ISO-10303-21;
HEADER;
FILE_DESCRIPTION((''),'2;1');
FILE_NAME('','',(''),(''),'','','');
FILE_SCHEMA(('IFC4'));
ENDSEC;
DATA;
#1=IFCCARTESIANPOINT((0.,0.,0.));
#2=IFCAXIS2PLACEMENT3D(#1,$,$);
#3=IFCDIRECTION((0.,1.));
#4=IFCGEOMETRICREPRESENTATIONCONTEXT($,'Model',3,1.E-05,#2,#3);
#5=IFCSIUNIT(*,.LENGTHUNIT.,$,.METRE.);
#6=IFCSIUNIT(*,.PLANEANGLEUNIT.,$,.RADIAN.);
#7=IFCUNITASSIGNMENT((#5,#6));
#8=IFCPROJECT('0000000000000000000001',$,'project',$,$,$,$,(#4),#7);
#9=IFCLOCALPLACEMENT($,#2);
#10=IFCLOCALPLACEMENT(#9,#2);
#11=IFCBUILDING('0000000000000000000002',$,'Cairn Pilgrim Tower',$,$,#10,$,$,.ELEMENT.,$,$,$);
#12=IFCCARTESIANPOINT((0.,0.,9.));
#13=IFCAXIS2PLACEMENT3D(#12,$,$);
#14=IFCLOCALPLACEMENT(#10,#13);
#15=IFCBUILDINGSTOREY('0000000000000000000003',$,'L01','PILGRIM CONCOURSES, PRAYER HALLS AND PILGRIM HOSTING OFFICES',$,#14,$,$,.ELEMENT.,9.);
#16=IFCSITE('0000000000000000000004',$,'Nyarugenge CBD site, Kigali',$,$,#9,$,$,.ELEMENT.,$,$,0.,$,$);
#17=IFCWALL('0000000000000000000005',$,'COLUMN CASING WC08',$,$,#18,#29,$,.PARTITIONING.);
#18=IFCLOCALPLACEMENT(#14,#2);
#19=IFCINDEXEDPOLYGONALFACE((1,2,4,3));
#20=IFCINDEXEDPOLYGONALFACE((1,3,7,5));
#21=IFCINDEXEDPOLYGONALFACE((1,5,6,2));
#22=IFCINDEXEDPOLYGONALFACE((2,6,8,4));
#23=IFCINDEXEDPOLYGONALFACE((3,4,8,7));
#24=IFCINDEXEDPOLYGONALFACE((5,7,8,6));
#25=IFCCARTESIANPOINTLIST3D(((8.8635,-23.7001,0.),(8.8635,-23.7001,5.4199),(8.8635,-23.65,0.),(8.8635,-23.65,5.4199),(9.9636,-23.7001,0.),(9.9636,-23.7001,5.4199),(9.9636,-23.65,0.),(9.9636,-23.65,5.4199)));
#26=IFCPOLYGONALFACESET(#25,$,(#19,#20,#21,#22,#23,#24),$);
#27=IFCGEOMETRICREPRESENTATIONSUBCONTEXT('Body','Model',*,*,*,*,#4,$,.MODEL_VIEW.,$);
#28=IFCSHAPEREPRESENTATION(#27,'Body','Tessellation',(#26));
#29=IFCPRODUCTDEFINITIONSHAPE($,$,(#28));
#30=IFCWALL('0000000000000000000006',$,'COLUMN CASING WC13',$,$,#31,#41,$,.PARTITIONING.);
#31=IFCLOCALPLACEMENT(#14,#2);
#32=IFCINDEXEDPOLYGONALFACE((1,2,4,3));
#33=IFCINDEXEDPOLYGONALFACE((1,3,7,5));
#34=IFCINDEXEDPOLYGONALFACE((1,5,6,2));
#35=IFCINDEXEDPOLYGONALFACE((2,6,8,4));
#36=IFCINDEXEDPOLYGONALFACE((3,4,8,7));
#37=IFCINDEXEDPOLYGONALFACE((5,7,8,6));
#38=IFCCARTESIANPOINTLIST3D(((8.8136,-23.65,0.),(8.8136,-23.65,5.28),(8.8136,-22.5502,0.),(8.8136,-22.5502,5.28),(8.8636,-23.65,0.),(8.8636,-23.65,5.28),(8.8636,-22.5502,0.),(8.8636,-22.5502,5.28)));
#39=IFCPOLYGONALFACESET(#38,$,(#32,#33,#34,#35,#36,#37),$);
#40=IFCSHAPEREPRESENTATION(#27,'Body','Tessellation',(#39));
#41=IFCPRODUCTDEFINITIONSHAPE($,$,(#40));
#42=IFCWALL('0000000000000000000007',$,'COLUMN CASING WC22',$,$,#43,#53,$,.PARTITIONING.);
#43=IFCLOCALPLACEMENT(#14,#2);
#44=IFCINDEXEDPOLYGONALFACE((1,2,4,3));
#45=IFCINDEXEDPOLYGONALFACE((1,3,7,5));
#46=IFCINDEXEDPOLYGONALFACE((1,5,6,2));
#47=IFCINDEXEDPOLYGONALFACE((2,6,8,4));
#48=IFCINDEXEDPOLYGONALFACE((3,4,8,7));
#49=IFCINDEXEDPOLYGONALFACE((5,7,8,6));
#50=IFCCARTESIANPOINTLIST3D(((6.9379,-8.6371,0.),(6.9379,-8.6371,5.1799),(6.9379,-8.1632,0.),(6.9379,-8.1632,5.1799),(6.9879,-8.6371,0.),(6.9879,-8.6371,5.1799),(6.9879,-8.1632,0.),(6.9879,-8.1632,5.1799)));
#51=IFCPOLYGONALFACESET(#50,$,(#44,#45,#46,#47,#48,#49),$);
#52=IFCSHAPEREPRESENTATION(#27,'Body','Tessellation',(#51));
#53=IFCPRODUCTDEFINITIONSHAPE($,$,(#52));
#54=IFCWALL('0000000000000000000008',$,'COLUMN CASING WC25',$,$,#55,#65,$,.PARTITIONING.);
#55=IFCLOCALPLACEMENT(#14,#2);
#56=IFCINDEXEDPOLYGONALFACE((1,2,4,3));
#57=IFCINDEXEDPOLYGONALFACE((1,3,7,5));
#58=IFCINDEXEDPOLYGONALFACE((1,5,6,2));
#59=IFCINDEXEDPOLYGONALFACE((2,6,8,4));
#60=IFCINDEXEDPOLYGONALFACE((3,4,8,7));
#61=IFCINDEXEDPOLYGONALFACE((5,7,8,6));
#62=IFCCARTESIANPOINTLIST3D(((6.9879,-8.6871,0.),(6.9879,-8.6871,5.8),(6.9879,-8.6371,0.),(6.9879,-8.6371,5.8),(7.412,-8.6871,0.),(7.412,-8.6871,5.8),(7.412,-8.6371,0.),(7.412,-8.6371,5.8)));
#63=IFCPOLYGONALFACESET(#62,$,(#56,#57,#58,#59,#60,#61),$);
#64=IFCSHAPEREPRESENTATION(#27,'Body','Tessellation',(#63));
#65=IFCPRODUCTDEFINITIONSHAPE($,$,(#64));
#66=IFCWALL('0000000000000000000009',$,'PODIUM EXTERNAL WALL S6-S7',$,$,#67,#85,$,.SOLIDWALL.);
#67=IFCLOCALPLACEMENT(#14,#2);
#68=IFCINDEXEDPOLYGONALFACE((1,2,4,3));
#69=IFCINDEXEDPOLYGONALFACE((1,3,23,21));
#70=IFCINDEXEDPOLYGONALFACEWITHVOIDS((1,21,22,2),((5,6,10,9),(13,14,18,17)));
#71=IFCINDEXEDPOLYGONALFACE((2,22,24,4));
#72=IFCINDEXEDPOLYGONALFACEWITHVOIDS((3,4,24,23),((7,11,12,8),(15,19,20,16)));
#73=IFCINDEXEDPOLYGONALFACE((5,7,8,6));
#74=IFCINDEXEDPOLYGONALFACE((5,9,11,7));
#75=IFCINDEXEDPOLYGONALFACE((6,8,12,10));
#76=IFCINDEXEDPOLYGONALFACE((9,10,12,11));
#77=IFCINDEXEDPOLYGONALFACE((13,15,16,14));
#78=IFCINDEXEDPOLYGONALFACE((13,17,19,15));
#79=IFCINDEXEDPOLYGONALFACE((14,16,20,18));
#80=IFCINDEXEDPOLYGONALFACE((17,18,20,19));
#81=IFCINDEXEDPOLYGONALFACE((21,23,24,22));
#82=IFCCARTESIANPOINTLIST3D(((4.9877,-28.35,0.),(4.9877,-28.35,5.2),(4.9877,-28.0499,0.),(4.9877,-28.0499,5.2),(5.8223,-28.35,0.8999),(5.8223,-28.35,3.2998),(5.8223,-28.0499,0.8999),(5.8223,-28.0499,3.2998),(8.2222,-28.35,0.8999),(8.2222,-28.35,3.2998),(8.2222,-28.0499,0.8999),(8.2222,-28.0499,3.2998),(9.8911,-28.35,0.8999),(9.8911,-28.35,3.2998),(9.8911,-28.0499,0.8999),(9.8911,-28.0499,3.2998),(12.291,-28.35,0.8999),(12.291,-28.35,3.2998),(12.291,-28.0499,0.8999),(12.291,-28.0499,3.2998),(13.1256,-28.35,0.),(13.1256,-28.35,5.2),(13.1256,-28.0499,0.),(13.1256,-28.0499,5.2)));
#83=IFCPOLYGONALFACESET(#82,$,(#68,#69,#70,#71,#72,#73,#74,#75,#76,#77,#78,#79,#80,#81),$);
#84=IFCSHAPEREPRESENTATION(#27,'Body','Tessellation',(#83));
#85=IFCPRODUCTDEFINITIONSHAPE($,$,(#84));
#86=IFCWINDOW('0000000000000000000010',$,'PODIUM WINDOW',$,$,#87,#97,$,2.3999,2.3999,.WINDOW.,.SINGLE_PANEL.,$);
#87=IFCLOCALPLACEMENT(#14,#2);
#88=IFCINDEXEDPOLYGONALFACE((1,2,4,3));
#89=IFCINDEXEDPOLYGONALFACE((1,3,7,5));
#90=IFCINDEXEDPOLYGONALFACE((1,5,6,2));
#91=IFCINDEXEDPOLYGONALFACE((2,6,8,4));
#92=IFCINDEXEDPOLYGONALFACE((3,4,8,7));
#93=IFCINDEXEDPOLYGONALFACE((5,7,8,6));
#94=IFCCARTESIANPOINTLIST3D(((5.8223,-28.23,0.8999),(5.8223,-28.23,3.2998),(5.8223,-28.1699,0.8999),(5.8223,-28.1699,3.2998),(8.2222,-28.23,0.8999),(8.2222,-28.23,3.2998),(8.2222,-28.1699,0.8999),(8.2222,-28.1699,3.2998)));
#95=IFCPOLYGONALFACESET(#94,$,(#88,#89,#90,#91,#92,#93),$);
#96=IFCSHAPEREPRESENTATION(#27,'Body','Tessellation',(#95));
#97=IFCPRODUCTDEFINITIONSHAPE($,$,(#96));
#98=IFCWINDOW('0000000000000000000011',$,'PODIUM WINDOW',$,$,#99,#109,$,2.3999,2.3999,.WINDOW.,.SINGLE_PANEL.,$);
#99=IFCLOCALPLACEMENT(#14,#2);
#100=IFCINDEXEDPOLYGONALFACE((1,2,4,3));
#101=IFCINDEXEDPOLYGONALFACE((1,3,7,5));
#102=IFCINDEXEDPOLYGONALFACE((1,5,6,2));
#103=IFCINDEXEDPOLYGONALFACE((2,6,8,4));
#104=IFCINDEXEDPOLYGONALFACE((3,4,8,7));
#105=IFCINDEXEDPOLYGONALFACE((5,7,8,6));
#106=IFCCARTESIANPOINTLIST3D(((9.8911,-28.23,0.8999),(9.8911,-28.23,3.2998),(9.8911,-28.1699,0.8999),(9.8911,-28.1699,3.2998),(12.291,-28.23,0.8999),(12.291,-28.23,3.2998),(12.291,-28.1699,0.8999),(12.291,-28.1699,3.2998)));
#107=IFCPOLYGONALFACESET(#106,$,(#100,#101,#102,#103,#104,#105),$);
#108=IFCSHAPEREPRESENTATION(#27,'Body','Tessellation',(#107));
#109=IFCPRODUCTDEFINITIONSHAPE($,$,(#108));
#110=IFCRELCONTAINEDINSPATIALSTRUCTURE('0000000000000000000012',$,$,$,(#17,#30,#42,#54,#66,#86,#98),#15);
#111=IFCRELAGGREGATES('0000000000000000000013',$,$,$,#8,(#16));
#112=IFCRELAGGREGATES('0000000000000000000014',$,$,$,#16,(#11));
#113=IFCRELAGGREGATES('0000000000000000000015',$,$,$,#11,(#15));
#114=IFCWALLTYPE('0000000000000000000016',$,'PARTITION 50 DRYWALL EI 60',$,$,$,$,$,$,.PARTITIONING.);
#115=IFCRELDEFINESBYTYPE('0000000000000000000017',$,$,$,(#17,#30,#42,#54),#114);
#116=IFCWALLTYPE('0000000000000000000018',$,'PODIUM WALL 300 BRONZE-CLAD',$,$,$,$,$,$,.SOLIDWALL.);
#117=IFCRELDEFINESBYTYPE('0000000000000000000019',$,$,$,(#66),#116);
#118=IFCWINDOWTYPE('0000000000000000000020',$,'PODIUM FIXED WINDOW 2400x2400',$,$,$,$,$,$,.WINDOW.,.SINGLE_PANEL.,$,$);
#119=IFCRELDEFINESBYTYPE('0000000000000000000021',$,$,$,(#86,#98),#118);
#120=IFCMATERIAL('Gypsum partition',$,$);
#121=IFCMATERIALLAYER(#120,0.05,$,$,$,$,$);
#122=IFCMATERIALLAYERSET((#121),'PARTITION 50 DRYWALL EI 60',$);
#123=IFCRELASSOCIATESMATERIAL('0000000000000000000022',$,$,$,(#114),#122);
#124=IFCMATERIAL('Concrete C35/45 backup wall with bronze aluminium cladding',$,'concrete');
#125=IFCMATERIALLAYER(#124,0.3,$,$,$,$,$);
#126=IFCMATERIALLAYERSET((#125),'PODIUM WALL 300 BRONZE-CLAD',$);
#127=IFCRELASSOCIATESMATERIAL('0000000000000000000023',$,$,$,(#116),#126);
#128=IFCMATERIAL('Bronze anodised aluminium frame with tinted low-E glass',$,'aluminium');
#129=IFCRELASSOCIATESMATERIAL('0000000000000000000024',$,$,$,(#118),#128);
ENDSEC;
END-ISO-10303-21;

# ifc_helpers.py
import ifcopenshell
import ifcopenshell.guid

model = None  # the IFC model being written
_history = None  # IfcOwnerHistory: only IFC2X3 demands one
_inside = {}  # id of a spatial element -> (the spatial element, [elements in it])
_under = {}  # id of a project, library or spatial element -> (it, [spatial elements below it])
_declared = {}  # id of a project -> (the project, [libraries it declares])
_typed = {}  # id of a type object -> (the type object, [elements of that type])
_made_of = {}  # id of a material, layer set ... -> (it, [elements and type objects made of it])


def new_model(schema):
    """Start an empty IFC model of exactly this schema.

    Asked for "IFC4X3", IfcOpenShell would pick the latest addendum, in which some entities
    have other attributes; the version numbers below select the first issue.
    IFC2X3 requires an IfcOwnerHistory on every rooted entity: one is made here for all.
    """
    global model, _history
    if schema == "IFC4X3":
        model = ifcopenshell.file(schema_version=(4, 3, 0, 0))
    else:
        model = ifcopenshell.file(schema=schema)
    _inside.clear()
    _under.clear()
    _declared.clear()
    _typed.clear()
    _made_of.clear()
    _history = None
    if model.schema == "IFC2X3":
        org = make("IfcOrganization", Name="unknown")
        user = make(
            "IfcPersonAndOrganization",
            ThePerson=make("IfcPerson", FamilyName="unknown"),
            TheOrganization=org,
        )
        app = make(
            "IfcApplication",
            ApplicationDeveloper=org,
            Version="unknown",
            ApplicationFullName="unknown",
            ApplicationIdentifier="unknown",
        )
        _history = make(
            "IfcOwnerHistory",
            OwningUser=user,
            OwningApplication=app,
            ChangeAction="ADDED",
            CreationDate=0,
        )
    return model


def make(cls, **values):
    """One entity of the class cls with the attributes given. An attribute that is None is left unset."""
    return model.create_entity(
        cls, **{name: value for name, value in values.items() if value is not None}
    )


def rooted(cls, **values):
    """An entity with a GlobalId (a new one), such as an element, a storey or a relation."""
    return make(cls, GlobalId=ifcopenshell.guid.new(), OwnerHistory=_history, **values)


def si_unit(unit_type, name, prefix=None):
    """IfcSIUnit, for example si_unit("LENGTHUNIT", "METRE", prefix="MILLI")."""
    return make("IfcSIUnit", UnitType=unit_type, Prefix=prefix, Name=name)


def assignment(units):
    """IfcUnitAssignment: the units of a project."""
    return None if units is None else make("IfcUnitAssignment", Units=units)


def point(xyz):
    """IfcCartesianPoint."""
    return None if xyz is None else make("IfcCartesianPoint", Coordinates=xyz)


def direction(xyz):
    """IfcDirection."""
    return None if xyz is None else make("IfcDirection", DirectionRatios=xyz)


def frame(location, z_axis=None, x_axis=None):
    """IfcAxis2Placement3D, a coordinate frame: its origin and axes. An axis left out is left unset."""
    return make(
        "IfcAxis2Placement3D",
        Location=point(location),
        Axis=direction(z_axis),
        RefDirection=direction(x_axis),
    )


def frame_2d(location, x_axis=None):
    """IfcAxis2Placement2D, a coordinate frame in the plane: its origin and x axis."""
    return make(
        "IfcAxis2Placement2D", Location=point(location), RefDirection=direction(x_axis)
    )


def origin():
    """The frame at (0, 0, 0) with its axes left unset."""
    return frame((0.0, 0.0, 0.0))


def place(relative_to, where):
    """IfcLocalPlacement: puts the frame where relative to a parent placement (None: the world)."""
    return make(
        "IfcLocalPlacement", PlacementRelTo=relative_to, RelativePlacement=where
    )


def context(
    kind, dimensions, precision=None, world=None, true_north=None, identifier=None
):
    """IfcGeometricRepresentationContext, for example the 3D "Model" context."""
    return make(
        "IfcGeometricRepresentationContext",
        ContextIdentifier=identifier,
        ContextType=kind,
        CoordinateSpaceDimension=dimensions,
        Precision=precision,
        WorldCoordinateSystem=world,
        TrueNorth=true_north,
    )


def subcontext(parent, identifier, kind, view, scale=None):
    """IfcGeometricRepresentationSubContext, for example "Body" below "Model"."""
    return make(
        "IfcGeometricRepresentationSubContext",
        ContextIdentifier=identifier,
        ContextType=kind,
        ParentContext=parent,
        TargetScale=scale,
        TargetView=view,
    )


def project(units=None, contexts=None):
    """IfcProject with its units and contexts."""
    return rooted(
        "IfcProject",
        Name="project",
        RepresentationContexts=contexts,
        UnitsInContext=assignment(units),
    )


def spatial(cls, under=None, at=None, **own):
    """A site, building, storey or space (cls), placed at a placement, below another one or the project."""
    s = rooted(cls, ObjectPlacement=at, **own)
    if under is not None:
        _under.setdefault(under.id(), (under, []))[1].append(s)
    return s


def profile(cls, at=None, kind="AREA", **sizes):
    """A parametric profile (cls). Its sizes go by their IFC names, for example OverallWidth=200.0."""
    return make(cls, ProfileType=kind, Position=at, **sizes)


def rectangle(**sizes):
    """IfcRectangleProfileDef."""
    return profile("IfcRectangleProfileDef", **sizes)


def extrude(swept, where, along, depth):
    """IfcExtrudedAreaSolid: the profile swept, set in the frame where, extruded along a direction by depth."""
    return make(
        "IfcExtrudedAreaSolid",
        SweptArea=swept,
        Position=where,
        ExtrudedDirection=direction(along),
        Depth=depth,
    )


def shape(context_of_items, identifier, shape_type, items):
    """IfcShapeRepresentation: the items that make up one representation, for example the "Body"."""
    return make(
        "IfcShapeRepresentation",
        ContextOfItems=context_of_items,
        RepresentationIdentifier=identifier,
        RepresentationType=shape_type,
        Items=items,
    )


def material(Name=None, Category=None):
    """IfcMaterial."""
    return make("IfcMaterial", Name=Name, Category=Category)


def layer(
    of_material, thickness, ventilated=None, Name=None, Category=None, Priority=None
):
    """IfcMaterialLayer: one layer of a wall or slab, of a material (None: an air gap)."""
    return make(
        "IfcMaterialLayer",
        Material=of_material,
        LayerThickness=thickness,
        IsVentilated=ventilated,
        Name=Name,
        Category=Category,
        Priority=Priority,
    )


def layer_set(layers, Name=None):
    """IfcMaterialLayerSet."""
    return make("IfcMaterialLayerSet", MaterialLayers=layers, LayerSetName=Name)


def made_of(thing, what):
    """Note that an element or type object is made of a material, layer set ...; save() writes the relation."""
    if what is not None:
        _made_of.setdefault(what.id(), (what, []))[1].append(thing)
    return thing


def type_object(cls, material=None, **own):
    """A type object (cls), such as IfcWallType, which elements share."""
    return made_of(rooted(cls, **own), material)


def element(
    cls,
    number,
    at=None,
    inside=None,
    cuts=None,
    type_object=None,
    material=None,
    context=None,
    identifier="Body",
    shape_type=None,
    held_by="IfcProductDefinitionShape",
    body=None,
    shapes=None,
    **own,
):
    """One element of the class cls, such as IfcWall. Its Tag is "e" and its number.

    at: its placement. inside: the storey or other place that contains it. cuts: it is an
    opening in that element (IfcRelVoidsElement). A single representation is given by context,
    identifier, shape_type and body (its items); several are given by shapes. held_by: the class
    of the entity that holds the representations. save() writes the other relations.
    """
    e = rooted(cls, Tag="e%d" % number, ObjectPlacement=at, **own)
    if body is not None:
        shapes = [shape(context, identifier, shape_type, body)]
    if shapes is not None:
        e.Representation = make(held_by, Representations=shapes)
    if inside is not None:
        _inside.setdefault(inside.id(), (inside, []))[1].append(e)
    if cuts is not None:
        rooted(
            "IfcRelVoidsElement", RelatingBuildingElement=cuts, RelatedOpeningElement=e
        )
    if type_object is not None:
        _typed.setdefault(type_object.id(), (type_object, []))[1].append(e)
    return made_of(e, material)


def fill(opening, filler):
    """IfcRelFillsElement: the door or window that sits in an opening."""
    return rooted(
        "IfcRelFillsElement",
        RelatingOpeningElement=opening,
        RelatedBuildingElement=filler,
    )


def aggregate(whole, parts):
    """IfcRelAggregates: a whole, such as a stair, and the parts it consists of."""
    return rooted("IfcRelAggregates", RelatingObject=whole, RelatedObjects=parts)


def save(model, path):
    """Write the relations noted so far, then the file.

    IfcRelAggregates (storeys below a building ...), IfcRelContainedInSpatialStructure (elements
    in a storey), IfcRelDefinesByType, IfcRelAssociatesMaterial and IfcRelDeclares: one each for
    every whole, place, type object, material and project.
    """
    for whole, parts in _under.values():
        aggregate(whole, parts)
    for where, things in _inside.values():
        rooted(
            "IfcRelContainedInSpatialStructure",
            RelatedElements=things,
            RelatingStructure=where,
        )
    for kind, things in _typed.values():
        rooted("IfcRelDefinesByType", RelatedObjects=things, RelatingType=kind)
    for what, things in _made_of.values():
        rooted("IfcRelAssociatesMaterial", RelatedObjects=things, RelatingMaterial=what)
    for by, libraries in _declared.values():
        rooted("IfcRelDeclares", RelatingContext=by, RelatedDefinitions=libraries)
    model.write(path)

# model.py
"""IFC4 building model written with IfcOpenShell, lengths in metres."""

from ifc_helpers import new_model, si_unit, direction, frame, frame_2d, origin, place, context, subcontext, project, spatial, rectangle, extrude, material, layer, layer_set, type_object, element, fill, save


model = new_model("IFC4")

# Units and contexts
model_context = context("Model", 3, precision=1e-05, world=origin(), true_north=direction((0.0, 1.0)))
body_context = subcontext(model_context, "Body", "Model", "MODEL_VIEW")
ifc_project = project(units=[si_unit("LENGTHUNIT", "METRE"), si_unit("PLANEANGLEUNIT", "RADIAN")], contexts=[model_context])

# Site, building, storey
site_placement = place(None, origin())
site = spatial("IfcSite", under=ifc_project, at=site_placement, Name="Nyarugenge CBD site, Kigali", CompositionType="ELEMENT", RefElevation=0.0)
building_placement = place(site_placement, origin())
building = spatial("IfcBuilding", under=site, at=building_placement, Name="Cairn Pilgrim Tower", CompositionType="ELEMENT")
storey_placement = place(building_placement, frame((0.0, 0.0, 9.0)))
storey = spatial("IfcBuildingStorey", under=building, at=storey_placement, Name="L01", Description="PILGRIM CONCOURSES, PRAYER HALLS AND PILGRIM HOSTING OFFICES", CompositionType="ELEMENT", Elevation=9.0)

# Shared definitions
ifc_material_1 = material(Name="Gypsum partition")

# Walls
ifc_layer_1 = layer(ifc_material_1, 0.05)
ifc_layer_set_1 = layer_set([ifc_layer_1], Name="PARTITION 50 DRYWALL EI 60")
wall_type_1 = type_object("IfcWallType", Name="PARTITION 50 DRYWALL EI 60", PredefinedType="PARTITIONING", material=ifc_layer_set_1)
wall_1_placement = place(storey_placement, frame((8.8635, -23.675, 0.0), z_axis=(0.0, 0.0, 1.0), x_axis=(1.0, 0.0, 0.0)))
element("IfcWall", 1, at=wall_1_placement, inside=storey, type_object=wall_type_1, Name="COLUMN CASING WC08", PredefinedType="PARTITIONING", context=body_context, shape_type="SweptSolid", body=[
    extrude(rectangle(XDim=1.1001, YDim=0.05, at=frame_2d((0.55, 0.0))), origin(), (0.0, 0.0, 1.0), 5.4199),
])
wall_2_placement = place(storey_placement, frame((8.8386, -23.6499, 0.0), z_axis=(0.0, 0.0, 1.0), x_axis=(0.0, 1.0, 0.0)))
element("IfcWall", 2, at=wall_2_placement, inside=storey, type_object=wall_type_1, Name="COLUMN CASING WC13", PredefinedType="PARTITIONING", context=body_context, shape_type="SweptSolid", body=[
    extrude(rectangle(XDim=1.0999, YDim=0.05, at=frame_2d((0.5498, 0.0))), origin(), (0.0, 0.0, 1.0), 5.28),
])
wall_3_placement = place(storey_placement, frame((6.9629, -8.637, 0.0), z_axis=(0.0, 0.0, 1.0), x_axis=(0.0, 1.0, 0.0)))
element("IfcWall", 3, at=wall_3_placement, inside=storey, type_object=wall_type_1, Name="COLUMN CASING WC22", PredefinedType="PARTITIONING", context=body_context, shape_type="SweptSolid", body=[
    extrude(rectangle(XDim=0.4739, YDim=0.05, at=frame_2d((0.2368, 0.0))), origin(), (0.0, 0.0, 1.0), 5.1799),
])
wall_4_placement = place(storey_placement, frame((6.988, -8.6621, 0.0), z_axis=(0.0, 0.0, 1.0), x_axis=(1.0, 0.0, 0.0)))
element("IfcWall", 4, at=wall_4_placement, inside=storey, type_object=wall_type_1, Name="COLUMN CASING WC25", PredefinedType="PARTITIONING", context=body_context, shape_type="SweptSolid", body=[
    extrude(rectangle(XDim=0.4241, YDim=0.05, at=frame_2d((0.2119, 0.0))), origin(), (0.0, 0.0, 1.0), 5.8),
])

# Wall, openings, windows
ifc_material_2 = material(Name="Concrete C35/45 backup wall with bronze aluminium cladding", Category="concrete")
ifc_layer_2 = layer(ifc_material_2, 0.3)
ifc_layer_set_2 = layer_set([ifc_layer_2], Name="PODIUM WALL 300 BRONZE-CLAD")
wall_type_2 = type_object("IfcWallType", Name="PODIUM WALL 300 BRONZE-CLAD", PredefinedType="SOLIDWALL", material=ifc_layer_set_2)
wall_5_placement = place(storey_placement, frame((4.9878, -28.2, 0.0), z_axis=(0.0, 0.0, 1.0), x_axis=(1.0, 0.0, 0.0)))
wall_5 = element("IfcWall", 5, at=wall_5_placement, inside=storey, type_object=wall_type_2, Name="PODIUM EXTERNAL WALL S6-S7", PredefinedType="SOLIDWALL", context=body_context, shape_type="SweptSolid", body=[
    extrude(rectangle(XDim=8.1379, YDim=0.3, at=frame_2d((4.0688, 0.0))), origin(), (0.0, 0.0, 1.0), 5.2),
])
opening_1_placement = place(wall_5_placement, frame((0.8345, 0.0, 0.8999)))
opening_1 = element("IfcOpeningElement", 6, at=opening_1_placement, cuts=wall_5, PredefinedType="OPENING", context=body_context, shape_type="SweptSolid", body=[
    extrude(rectangle(XDim=2.3999, YDim=2.3999, at=frame_2d((1.2, 1.2))), frame((0.0, 0.1602, 0.0), z_axis=(0.0, -1.0, 0.0), x_axis=(1.0, 0.0, 0.0)), (0.0, 0.0, 1.0), 0.3201),
])
opening_2_placement = place(wall_5_placement, frame((4.9033, 0.0, 0.8999)))
opening_2 = element("IfcOpeningElement", 7, at=opening_2_placement, cuts=wall_5, PredefinedType="OPENING", context=body_context, shape_type="SweptSolid", body=[
    extrude(rectangle(XDim=2.3999, YDim=2.3999, at=frame_2d((1.2, 1.2))), frame((0.0, 0.1602, 0.0), z_axis=(0.0, -1.0, 0.0), x_axis=(1.0, 0.0, 0.0)), (0.0, 0.0, 1.0), 0.3201),
])
ifc_material_3 = material(Name="Bronze anodised aluminium frame with tinted low-E glass", Category="aluminium")
window_type = type_object("IfcWindowType", Name="PODIUM FIXED WINDOW 2400x2400", PartitioningType="SINGLE_PANEL", PredefinedType="WINDOW", material=ifc_material_3)
window_1_placement = place(opening_1_placement, origin())
window_1 = element("IfcWindow", 8, at=window_1_placement, inside=storey, type_object=window_type, Name="PODIUM WINDOW", OverallHeight=2.3999, OverallWidth=2.3999, PartitioningType="SINGLE_PANEL", PredefinedType="WINDOW", context=body_context, shape_type="SweptSolid", body=[
    extrude(rectangle(XDim=2.3999, YDim=2.3999, at=frame_2d((1.2, 1.2))), frame((0.0, 0.03, 0.0), z_axis=(0.0, -1.0, 0.0), x_axis=(1.0, 0.0, 0.0)), (0.0, 0.0, 1.0), 0.0601),
])
fill(opening_1, window_1)
window_2_placement = place(opening_2_placement, origin())
window_2 = element("IfcWindow", 9, at=window_2_placement, inside=storey, type_object=window_type, Name="PODIUM WINDOW", OverallHeight=2.3999, OverallWidth=2.3999, PartitioningType="SINGLE_PANEL", PredefinedType="WINDOW", context=body_context, shape_type="SweptSolid", body=[
    extrude(rectangle(XDim=2.3999, YDim=2.3999, at=frame_2d((1.2, 1.2))), frame((0.0, 0.03, 0.0), z_axis=(0.0, -1.0, 0.0), x_axis=(1.0, 0.0, 0.0)), (0.0, 0.0, 1.0), 0.0601),
])
fill(opening_2, window_2)

save(model, "model.ifc")
